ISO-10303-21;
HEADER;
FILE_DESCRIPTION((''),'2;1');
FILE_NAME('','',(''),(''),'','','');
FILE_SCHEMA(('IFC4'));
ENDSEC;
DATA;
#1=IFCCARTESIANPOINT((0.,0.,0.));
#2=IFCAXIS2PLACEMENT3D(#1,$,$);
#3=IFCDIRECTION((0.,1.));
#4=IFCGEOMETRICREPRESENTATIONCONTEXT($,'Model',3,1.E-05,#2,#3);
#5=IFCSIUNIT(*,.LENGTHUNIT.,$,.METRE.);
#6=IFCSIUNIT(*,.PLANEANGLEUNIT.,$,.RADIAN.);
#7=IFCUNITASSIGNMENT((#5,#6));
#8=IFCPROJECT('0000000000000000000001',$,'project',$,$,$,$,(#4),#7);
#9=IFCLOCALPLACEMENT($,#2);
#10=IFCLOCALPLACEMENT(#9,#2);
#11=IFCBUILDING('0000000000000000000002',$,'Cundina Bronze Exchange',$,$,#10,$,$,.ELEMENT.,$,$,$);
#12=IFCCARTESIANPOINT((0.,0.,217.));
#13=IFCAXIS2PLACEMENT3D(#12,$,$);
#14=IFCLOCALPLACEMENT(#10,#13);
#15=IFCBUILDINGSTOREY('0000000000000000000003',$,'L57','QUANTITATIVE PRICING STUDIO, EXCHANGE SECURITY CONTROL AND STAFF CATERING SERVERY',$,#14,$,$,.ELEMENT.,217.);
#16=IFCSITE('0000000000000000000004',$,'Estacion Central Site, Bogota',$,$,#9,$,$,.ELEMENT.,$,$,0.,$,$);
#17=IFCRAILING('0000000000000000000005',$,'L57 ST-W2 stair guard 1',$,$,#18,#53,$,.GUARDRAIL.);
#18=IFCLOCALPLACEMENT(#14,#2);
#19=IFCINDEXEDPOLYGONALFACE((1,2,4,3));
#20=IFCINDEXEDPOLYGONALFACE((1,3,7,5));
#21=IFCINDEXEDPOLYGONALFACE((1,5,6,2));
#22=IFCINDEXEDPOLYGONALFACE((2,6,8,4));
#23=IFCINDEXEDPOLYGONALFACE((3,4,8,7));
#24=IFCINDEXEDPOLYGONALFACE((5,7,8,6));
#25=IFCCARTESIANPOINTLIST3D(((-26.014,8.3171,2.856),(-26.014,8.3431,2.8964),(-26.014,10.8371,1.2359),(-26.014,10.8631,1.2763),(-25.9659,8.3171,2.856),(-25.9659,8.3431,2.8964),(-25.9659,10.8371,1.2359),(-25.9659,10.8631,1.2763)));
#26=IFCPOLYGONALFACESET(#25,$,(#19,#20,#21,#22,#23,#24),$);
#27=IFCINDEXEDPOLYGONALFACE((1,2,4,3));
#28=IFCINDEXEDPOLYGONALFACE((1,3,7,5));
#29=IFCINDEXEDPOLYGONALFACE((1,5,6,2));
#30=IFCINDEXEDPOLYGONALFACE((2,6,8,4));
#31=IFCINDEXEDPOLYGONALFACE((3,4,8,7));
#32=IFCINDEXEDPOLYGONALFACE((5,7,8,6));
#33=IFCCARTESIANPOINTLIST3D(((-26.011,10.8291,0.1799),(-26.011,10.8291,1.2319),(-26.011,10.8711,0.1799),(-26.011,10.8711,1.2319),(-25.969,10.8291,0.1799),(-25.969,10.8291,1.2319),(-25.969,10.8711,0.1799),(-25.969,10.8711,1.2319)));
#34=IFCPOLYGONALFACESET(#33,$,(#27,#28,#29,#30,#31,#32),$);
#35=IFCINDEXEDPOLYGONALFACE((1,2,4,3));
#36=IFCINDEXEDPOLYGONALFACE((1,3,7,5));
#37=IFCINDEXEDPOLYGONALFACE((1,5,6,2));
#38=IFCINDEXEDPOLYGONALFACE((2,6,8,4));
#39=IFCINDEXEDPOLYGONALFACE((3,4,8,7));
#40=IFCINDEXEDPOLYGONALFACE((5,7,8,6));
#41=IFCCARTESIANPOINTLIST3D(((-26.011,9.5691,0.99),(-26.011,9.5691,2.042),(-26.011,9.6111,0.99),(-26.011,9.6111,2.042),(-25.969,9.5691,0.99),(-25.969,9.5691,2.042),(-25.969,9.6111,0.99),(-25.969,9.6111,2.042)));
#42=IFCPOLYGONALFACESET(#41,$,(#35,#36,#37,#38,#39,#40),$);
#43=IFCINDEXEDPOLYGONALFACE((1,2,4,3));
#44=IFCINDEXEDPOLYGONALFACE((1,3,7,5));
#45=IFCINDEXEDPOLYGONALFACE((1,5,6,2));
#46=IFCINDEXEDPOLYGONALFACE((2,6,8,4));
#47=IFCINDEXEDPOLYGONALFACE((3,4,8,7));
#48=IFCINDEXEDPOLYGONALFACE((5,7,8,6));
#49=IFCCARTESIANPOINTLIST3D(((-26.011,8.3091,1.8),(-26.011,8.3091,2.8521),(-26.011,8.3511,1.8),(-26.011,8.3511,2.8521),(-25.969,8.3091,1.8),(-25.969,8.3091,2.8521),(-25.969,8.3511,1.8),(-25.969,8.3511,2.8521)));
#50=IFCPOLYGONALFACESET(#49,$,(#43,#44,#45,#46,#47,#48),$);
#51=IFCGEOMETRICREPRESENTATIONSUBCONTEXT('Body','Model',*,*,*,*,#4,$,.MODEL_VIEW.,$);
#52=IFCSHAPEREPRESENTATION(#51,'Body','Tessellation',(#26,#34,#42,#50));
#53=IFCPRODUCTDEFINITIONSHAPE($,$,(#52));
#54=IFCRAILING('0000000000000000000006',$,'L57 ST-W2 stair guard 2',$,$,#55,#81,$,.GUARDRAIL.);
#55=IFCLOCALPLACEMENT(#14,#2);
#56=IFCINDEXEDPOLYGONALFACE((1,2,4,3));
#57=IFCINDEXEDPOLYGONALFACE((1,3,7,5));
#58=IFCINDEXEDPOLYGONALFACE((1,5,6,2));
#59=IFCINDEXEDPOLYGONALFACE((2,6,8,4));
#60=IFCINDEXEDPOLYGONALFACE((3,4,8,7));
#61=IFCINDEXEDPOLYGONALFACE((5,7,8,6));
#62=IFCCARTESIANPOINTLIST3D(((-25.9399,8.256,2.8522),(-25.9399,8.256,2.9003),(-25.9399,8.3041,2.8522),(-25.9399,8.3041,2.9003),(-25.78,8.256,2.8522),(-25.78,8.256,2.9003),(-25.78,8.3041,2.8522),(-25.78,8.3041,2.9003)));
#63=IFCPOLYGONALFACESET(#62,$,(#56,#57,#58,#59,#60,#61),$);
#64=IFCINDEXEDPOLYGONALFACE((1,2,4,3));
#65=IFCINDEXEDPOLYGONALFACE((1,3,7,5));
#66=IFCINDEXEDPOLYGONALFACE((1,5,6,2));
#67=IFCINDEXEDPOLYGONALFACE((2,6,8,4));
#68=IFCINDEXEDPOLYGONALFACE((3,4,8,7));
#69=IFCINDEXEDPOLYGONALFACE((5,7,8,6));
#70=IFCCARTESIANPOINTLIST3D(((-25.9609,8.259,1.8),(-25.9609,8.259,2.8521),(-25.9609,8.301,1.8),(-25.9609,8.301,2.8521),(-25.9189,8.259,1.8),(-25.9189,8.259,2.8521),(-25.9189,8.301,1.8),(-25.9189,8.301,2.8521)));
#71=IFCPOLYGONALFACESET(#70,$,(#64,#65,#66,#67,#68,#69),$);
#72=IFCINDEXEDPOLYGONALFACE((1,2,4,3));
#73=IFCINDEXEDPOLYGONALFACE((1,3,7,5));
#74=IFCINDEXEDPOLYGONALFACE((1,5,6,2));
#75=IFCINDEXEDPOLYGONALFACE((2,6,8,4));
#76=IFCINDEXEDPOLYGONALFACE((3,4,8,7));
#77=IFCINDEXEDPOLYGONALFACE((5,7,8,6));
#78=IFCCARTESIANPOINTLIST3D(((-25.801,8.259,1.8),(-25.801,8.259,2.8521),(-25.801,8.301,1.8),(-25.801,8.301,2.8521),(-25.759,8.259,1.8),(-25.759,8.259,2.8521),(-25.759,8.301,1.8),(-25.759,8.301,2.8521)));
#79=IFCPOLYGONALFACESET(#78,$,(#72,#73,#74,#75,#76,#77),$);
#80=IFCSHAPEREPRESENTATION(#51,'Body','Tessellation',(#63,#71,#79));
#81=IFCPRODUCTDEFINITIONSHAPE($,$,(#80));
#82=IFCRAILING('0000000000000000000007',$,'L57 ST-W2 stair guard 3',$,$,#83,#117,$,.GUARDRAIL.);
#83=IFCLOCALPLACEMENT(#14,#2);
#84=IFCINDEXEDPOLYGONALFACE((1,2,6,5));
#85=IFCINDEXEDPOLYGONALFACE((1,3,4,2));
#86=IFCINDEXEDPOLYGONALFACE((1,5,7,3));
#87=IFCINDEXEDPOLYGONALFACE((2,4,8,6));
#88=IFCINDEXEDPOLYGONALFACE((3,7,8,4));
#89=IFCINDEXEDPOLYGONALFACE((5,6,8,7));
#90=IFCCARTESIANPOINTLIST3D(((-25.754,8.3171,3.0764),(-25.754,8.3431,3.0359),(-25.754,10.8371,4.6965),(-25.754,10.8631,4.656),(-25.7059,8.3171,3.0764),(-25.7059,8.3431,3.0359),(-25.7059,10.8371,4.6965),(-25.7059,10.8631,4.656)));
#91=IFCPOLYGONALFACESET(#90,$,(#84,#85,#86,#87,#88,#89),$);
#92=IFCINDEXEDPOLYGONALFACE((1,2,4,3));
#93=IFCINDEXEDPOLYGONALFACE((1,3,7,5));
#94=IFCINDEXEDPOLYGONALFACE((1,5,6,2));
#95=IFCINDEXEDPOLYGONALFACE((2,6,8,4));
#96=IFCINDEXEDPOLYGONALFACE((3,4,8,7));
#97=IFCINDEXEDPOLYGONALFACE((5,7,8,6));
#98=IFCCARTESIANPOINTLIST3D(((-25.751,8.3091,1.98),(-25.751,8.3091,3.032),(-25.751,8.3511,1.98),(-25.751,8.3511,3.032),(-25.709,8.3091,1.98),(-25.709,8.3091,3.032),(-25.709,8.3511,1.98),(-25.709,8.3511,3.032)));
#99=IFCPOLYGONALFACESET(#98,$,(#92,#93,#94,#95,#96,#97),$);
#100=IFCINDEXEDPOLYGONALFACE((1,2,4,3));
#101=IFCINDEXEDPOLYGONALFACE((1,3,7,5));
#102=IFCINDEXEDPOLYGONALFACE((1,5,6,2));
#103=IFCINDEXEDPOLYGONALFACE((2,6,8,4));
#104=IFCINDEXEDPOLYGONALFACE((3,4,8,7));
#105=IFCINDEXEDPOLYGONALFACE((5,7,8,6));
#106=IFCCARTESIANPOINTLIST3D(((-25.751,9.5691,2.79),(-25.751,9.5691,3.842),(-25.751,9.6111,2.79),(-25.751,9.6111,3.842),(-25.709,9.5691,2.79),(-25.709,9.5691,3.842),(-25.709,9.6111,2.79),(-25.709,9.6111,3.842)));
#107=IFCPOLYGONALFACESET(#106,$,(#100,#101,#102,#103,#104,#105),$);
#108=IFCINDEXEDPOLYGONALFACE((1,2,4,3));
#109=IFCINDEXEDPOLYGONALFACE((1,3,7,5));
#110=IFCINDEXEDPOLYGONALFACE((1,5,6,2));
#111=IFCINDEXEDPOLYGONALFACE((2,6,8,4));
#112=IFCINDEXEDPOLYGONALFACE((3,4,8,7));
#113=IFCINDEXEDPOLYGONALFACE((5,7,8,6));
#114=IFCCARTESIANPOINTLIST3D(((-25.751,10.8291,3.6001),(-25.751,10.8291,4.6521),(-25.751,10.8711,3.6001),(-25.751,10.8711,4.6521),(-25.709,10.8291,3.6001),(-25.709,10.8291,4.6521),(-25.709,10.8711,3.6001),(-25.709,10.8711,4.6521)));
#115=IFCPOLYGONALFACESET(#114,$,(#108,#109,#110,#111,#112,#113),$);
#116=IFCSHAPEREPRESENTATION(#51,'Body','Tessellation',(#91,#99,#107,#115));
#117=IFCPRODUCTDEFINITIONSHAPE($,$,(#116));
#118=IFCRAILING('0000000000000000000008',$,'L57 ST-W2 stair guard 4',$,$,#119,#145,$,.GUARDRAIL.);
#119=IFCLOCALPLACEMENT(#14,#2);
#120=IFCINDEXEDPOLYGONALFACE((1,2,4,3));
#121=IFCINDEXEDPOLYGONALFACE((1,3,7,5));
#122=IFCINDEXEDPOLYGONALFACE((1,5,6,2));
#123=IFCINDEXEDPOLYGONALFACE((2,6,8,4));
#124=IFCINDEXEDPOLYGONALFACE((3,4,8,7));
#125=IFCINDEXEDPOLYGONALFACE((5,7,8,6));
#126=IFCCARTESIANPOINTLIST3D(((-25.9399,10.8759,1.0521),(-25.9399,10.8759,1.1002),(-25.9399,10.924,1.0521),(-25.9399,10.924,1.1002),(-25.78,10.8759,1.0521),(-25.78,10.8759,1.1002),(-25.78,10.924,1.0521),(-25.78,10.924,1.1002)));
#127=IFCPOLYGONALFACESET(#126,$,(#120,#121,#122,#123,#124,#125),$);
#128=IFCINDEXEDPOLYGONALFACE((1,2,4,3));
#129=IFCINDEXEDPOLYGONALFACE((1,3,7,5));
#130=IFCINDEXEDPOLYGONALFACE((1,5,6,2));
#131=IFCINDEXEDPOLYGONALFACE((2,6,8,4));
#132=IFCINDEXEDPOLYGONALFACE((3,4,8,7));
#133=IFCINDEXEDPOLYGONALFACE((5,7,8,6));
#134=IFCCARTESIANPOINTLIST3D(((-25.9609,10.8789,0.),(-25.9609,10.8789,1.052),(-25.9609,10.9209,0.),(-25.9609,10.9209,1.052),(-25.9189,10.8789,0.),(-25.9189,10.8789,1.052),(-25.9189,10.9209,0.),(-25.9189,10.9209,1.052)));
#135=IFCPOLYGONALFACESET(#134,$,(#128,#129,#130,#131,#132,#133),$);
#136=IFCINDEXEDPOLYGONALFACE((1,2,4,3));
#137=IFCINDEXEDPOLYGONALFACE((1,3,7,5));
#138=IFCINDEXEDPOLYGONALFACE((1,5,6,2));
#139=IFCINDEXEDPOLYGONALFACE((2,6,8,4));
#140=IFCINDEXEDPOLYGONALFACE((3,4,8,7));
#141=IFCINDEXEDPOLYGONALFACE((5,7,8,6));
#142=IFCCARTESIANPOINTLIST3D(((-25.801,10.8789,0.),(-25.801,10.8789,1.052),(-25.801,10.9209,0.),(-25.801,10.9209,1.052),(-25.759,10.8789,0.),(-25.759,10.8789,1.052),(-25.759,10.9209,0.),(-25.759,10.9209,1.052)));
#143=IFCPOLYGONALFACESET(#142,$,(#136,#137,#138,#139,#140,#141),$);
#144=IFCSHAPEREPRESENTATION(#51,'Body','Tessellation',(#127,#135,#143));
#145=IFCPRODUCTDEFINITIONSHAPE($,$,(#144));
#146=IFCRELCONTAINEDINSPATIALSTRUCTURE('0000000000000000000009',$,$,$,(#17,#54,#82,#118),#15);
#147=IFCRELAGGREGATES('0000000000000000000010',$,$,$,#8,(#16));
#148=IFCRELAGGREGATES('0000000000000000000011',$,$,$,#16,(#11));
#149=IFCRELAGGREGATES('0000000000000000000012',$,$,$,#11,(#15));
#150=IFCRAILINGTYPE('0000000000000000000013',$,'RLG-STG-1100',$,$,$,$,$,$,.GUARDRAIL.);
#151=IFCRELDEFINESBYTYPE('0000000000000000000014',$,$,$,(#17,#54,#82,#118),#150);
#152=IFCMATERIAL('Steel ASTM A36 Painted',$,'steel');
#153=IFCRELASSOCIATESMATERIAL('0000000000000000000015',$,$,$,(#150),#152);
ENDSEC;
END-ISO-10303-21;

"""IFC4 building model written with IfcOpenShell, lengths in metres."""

from ifc_helpers import new_model, si_unit, direction, frame, origin, origin_2d, place, context, subcontext, project, spatial, rectangle, extrude, material, type_object, element, save


model = new_model("IFC4")

# Units and contexts
model_context = context("Model", 3, precision=1e-05, world=origin(), true_north=direction((0.0, 1.0)))
body_context = subcontext(model_context, "Body", "Model", "MODEL_VIEW")
ifc_project = project(units=[si_unit("LENGTHUNIT", "METRE"), si_unit("PLANEANGLEUNIT", "RADIAN")], contexts=[model_context])

# Site, building, storey
site_placement = place(None, origin())
site = spatial("IfcSite", under=ifc_project, at=site_placement, Name="Estacion Central Site, Bogota", CompositionType="ELEMENT", RefElevation=0.0)
building_placement = place(site_placement, origin())
building = spatial("IfcBuilding", under=site, at=building_placement, Name="Cundina Bronze Exchange", CompositionType="ELEMENT")
storey_placement = place(building_placement, frame((0.0, 0.0, 217.0)))
storey = spatial("IfcBuildingStorey", under=building, at=storey_placement, Name="L57", Description="QUANTITATIVE PRICING STUDIO, EXCHANGE SECURITY CONTROL AND STAFF CATERING SERVERY", CompositionType="ELEMENT", Elevation=217.0)

# Shared definitions
ifc_material_1 = material(Name="Steel ASTM A36 Painted", Category="steel")

# Railings
railing_type_1 = type_object("IfcRailingType", Name="RLG-STG-1100", PredefinedType="GUARDRAIL", material=ifc_material_1)
railing_1_placement = place(storey_placement, frame((-25.99, 10.8501, 0.1799)))
element("IfcRailing", 1, at=railing_1_placement, inside=storey, type_object=railing_type_1, Name="L57 ST-W2 stair guard 1", PredefinedType="GUARDRAIL", context=body_context, shape_type="SweptSolid", body=[
    extrude(rectangle(XDim=0.0481, YDim=0.0481, at=origin_2d()), frame((0.0, 0.0, 1.0762), z_axis=(0.0, -0.841163, 0.540782), x_axis=(1.0, 0.0, 0.0)), (0.0, 0.0, 1.0), 2.9958),
    extrude(rectangle(XDim=0.042, YDim=0.042, at=origin_2d()), origin(), (0.0, 0.0, 1.0), 1.052),
    extrude(rectangle(XDim=0.042, YDim=0.042, at=origin_2d()), frame((0.0, -1.26, 0.8101)), (0.0, 0.0, 1.0), 1.052),
    extrude(rectangle(XDim=0.042, YDim=0.042, at=origin_2d()), frame((0.0, -2.52, 1.6201)), (0.0, 0.0, 1.0), 1.052),
])
railing_2_placement = place(storey_placement, frame((-25.9399, 8.28, 1.8)))
element("IfcRailing", 2, at=railing_2_placement, inside=storey, type_object=railing_type_1, Name="L57 ST-W2 stair guard 2", PredefinedType="GUARDRAIL", context=body_context, shape_type="SweptSolid", body=[
    extrude(rectangle(XDim=0.0481, YDim=0.0481, at=origin_2d()), frame((0.0, 0.0, 1.0762), z_axis=(1.0, 0.0, 0.0), x_axis=(0.0, 1.0, 0.0)), (0.0, 0.0, 1.0), 0.1599),
    extrude(rectangle(XDim=0.042, YDim=0.042, at=origin_2d()), origin(), (0.0, 0.0, 1.0), 1.052),
    extrude(rectangle(XDim=0.042, YDim=0.042, at=origin_2d()), frame((0.1599, 0.0, 0.0)), (0.0, 0.0, 1.0), 1.052),
])
railing_3_placement = place(storey_placement, frame((-25.73, 8.3301, 1.98)))
element("IfcRailing", 3, at=railing_3_placement, inside=storey, type_object=railing_type_1, Name="L57 ST-W2 stair guard 3", PredefinedType="GUARDRAIL", context=body_context, shape_type="SweptSolid", body=[
    extrude(rectangle(XDim=0.0481, YDim=0.0481, at=origin_2d()), frame((0.0, 0.0, 1.0762), z_axis=(0.0, 0.841163, 0.540782), x_axis=(-1.0, 0.0, 0.0)), (0.0, 0.0, 1.0), 2.9958),
    extrude(rectangle(XDim=0.042, YDim=0.042, at=origin_2d()), origin(), (0.0, 0.0, 1.0), 1.052),
    extrude(rectangle(XDim=0.042, YDim=0.042, at=origin_2d()), frame((0.0, 1.26, 0.8101)), (0.0, 0.0, 1.0), 1.052),
    extrude(rectangle(XDim=0.042, YDim=0.042, at=origin_2d()), frame((0.0, 2.52, 1.6201)), (0.0, 0.0, 1.0), 1.052),
])
railing_4_placement = place(storey_placement, frame((-25.9399, 10.8999, 0.0)))
element("IfcRailing", 4, at=railing_4_placement, inside=storey, type_object=railing_type_1, Name="L57 ST-W2 stair guard 4", PredefinedType="GUARDRAIL", context=body_context, shape_type="SweptSolid", body=[
    extrude(rectangle(XDim=0.0481, YDim=0.0481, at=origin_2d()), frame((0.0, 0.0, 1.0762), z_axis=(1.0, 0.0, 0.0), x_axis=(0.0, 1.0, 0.0)), (0.0, 0.0, 1.0), 0.1599),
    extrude(rectangle(XDim=0.042, YDim=0.042, at=origin_2d()), origin(), (0.0, 0.0, 1.0), 1.052),
    extrude(rectangle(XDim=0.042, YDim=0.042, at=origin_2d()), frame((0.1599, 0.0, 0.0)), (0.0, 0.0, 1.0), 1.052),
])

save(model, "model.ifc")
